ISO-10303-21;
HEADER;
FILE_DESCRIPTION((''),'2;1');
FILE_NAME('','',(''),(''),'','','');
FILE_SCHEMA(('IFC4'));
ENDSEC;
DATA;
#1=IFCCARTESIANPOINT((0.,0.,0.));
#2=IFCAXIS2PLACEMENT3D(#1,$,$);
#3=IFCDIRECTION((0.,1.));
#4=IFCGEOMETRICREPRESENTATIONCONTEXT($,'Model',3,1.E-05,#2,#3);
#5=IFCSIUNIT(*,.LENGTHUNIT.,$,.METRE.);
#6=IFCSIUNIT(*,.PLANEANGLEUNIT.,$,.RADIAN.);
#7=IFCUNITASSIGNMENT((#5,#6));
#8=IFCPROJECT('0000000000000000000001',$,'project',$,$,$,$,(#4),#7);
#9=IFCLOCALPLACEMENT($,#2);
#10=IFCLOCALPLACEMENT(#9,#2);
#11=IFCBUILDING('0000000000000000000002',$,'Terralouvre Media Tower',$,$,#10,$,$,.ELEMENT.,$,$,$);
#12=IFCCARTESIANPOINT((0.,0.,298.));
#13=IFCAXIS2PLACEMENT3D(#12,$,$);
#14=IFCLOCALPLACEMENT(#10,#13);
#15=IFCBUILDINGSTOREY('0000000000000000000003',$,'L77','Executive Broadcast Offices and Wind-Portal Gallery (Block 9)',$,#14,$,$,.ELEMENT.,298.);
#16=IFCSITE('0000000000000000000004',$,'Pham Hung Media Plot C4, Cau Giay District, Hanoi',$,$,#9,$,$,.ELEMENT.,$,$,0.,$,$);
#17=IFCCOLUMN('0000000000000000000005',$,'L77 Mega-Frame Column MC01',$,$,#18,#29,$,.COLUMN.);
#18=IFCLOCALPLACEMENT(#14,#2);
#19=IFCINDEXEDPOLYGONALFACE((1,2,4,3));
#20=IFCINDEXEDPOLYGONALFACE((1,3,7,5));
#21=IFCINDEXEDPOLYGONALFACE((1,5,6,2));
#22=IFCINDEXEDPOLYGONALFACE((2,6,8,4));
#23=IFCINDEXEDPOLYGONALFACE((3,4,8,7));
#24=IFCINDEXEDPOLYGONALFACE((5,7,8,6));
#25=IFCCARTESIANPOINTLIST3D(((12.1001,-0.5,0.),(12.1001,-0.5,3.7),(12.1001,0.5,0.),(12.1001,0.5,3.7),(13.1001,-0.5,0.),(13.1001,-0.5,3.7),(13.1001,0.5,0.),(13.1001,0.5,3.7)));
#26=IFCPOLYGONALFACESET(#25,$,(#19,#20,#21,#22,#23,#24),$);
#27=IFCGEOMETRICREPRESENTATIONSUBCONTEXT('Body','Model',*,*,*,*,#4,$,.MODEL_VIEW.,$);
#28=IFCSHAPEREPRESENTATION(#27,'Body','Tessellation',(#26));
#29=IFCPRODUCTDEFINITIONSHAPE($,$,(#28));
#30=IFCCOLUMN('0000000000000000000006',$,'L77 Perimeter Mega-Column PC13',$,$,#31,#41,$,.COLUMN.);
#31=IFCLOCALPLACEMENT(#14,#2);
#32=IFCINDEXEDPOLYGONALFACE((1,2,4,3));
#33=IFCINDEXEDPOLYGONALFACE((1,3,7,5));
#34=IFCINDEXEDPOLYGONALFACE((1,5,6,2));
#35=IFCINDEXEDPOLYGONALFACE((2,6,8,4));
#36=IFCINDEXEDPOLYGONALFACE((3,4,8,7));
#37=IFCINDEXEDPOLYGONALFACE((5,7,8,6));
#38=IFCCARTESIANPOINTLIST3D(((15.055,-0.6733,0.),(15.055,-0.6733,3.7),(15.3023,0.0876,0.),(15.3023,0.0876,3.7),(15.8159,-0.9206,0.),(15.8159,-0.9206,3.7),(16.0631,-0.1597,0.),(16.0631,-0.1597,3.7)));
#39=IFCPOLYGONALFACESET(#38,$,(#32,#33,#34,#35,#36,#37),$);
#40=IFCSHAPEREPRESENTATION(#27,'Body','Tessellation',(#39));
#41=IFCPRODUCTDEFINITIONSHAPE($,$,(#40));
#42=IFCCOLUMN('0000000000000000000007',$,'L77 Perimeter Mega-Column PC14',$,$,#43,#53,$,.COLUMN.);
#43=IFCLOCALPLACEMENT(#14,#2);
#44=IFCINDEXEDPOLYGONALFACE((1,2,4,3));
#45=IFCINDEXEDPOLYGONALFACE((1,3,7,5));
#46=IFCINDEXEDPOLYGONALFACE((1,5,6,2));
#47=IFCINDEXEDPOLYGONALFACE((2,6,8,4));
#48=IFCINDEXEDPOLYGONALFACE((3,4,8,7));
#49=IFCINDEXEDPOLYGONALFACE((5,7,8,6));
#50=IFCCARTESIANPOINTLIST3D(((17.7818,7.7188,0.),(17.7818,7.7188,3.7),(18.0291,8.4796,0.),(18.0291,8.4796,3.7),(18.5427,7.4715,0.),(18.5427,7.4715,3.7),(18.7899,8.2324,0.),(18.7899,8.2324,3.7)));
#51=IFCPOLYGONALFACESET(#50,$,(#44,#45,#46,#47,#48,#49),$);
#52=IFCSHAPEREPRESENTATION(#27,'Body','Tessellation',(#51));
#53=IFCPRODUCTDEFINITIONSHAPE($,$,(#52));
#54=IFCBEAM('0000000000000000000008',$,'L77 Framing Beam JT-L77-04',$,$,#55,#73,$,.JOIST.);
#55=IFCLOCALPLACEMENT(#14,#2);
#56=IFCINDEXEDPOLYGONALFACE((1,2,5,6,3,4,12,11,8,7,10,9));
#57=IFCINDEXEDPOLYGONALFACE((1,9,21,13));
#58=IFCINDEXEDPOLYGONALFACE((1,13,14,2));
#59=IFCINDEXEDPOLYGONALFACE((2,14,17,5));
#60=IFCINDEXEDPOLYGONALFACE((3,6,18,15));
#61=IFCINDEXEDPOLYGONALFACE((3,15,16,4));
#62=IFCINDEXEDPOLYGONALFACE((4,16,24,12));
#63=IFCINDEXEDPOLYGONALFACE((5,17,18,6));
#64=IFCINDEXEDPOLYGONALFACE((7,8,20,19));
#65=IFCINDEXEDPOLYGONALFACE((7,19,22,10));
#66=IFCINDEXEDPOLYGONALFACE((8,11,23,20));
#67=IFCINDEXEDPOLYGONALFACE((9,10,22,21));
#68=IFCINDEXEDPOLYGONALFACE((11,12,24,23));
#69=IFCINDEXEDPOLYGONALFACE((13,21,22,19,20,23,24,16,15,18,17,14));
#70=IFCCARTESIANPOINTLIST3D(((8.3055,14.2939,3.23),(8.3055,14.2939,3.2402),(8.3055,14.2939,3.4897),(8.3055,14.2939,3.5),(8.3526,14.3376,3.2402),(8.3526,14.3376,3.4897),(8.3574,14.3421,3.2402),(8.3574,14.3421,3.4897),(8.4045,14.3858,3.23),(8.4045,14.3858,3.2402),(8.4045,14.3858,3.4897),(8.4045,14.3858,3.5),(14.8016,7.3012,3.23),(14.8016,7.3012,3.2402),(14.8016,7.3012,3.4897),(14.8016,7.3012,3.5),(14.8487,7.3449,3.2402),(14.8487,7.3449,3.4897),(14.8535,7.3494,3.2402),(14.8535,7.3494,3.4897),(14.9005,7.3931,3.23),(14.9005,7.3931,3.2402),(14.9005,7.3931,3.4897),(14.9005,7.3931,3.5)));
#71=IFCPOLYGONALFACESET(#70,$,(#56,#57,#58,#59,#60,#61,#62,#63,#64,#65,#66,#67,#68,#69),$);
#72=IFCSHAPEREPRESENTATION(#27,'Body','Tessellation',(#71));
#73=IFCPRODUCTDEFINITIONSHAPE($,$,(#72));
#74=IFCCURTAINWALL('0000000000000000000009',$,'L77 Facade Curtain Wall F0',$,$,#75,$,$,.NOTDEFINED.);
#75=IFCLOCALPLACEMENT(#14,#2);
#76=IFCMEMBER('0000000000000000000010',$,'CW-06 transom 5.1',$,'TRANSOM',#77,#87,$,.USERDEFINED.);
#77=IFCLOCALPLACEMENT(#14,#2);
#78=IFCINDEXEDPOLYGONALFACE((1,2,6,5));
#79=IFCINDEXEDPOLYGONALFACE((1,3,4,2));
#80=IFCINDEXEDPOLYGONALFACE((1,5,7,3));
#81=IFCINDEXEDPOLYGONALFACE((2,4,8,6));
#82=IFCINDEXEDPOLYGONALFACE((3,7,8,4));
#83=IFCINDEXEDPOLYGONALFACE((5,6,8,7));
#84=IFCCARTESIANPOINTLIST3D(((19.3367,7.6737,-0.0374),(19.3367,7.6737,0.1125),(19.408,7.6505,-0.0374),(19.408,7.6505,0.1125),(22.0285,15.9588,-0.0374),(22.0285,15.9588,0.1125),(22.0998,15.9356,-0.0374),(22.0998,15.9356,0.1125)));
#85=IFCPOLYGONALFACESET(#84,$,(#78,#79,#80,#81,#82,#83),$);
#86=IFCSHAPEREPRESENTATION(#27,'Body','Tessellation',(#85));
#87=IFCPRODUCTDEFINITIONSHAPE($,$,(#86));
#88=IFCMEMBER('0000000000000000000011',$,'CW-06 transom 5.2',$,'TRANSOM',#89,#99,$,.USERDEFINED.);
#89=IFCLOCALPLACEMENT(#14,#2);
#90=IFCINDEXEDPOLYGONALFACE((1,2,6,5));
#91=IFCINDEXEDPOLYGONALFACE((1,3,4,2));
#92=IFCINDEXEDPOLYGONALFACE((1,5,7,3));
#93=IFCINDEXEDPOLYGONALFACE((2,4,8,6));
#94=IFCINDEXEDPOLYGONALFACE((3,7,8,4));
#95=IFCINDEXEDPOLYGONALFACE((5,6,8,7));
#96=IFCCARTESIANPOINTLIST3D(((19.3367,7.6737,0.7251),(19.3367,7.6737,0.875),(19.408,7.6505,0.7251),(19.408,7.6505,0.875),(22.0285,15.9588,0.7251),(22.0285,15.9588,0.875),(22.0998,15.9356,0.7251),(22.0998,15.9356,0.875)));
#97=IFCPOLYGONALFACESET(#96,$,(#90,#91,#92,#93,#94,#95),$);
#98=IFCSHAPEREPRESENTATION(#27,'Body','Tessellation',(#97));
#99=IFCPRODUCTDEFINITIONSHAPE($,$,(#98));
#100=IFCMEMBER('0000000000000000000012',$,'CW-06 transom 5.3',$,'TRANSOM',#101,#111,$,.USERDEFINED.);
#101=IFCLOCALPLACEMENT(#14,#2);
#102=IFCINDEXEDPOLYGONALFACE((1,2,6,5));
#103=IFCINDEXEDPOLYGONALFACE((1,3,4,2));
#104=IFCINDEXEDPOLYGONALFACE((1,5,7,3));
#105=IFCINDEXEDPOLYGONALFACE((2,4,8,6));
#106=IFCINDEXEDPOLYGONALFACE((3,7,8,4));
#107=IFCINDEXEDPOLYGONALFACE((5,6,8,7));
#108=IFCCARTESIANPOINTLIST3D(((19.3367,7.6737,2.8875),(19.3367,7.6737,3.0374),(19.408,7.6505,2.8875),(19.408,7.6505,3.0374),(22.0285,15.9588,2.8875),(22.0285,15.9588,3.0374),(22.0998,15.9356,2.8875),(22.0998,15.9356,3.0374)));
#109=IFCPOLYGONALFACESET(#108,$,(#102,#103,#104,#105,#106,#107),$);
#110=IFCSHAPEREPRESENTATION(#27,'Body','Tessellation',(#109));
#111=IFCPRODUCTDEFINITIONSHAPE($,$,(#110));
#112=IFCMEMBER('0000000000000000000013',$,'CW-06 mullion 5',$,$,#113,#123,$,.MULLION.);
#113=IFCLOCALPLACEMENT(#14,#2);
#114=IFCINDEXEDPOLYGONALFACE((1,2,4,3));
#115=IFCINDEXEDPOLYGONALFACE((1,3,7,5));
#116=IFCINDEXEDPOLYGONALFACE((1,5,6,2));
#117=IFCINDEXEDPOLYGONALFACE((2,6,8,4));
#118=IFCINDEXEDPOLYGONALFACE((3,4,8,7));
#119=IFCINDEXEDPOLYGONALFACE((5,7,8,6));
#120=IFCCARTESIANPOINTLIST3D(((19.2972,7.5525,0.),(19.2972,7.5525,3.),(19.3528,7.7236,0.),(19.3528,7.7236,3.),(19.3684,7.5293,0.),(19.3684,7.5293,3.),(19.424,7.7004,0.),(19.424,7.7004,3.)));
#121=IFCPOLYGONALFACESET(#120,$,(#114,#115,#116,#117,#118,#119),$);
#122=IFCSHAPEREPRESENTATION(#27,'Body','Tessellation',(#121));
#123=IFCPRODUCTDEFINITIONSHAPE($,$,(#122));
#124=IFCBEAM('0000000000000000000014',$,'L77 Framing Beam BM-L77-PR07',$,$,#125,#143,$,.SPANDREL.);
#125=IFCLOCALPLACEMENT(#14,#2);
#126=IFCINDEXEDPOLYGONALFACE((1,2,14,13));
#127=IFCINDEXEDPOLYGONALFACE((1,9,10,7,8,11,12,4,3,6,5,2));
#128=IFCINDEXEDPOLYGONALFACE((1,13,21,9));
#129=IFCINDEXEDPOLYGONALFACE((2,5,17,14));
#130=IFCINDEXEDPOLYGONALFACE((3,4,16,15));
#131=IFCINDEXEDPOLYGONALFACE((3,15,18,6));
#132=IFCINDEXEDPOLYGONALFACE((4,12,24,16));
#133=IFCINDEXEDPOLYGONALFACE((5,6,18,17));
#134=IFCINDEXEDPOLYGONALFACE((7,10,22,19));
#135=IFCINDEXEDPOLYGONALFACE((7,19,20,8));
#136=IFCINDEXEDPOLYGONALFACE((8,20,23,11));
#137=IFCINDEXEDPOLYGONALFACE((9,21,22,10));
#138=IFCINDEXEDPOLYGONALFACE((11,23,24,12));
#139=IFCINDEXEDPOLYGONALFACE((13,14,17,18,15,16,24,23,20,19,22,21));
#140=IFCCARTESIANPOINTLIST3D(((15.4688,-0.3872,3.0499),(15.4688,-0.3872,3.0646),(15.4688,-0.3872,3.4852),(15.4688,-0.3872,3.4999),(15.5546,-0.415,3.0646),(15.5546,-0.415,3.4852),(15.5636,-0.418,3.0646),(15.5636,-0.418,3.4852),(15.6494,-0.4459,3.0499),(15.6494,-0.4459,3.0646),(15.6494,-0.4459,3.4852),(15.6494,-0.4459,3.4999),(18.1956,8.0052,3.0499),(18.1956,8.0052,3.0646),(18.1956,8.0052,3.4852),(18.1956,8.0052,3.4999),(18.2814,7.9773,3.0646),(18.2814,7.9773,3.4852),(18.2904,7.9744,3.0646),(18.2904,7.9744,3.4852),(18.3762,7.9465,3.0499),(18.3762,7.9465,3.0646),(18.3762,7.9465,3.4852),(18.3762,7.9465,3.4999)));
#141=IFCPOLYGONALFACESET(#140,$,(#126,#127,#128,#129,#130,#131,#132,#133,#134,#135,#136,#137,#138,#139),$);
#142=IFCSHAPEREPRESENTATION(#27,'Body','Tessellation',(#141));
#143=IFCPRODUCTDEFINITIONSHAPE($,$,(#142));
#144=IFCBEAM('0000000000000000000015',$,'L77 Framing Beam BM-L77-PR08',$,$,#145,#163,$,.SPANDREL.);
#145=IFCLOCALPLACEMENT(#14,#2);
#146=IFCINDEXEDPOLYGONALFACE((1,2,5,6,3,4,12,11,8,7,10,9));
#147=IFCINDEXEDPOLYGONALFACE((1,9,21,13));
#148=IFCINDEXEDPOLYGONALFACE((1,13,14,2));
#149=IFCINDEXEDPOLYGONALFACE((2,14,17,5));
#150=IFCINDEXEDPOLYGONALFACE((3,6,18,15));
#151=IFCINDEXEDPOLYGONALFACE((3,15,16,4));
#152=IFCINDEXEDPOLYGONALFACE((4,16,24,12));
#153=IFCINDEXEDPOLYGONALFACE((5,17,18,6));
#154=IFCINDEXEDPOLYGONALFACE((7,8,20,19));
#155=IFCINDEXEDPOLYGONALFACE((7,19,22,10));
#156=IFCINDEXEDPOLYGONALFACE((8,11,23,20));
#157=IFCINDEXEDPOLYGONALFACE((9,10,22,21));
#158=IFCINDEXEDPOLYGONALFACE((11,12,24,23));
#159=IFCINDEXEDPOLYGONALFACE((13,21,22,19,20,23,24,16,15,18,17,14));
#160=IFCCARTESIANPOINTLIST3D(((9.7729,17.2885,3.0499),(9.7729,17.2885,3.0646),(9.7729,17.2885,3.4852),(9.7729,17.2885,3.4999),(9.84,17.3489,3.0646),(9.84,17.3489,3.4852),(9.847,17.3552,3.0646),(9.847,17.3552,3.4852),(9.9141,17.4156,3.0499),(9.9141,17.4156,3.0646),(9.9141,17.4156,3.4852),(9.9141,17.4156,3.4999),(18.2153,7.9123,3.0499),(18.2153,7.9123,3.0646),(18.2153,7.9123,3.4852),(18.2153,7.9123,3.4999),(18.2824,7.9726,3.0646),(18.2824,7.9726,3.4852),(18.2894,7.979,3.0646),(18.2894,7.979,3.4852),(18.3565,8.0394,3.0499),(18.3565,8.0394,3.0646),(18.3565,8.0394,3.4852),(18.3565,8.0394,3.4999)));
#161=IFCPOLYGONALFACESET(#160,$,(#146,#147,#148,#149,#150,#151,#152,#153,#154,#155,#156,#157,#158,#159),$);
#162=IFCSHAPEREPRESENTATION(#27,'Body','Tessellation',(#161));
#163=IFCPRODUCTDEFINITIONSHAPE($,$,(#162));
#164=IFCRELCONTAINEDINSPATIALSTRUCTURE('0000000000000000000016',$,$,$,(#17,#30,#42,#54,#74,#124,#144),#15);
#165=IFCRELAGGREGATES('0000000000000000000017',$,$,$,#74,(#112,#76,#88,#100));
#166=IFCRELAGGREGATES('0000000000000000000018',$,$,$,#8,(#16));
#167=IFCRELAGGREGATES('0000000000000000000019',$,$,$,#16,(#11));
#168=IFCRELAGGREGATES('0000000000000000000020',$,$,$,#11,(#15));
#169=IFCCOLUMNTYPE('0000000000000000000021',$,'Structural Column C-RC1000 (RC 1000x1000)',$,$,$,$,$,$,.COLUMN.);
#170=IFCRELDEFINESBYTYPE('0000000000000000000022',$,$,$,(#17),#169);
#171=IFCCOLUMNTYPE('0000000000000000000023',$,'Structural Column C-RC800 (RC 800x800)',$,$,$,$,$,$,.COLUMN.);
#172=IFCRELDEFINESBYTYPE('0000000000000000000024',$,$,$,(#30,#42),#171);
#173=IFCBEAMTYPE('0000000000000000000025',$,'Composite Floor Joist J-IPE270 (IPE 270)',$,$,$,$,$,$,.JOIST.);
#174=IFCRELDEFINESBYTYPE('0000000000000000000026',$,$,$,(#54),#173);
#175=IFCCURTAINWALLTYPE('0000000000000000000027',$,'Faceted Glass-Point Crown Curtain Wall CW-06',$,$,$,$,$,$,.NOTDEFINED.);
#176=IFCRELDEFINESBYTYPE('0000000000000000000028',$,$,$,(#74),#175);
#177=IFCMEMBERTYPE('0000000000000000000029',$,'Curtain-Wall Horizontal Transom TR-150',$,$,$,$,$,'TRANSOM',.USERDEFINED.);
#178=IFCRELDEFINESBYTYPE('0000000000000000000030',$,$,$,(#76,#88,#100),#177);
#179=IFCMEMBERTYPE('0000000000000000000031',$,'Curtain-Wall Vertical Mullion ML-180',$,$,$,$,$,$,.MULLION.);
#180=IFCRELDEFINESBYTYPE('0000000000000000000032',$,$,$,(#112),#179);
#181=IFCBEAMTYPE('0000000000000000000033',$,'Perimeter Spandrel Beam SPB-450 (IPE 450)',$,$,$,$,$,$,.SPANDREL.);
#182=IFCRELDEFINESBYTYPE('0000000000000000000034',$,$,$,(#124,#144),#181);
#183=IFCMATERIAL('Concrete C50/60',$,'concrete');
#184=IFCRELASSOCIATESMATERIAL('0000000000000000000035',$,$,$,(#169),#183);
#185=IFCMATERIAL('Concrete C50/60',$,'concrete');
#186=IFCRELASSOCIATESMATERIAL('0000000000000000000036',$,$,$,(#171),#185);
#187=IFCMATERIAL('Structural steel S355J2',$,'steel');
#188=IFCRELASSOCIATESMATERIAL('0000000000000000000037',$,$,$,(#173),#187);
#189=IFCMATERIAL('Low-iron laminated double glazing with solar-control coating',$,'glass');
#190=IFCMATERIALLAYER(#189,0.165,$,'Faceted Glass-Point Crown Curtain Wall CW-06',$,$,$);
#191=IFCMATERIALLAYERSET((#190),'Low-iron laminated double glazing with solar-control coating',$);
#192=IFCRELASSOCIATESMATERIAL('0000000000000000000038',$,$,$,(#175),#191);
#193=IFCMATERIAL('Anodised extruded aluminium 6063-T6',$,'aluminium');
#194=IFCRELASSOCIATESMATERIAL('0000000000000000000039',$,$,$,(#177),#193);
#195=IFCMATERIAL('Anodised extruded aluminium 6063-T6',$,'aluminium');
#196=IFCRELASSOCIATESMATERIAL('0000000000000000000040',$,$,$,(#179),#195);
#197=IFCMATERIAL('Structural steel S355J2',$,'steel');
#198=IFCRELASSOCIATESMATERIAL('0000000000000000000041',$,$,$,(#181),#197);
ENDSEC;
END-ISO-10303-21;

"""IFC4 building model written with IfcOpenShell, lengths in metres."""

from ifc_helpers import new_model, si_unit, direction, frame, origin, origin_2d, place, context, subcontext, project, spatial, rectangle, i_section, extrude, material, layer, layer_set, material_profile, profile_set, type_object, element, aggregate, save


model = new_model("IFC4")

# Units and contexts
model_context = context("Model", 3, precision=1e-05, world=origin(), true_north=direction((0.0, 1.0)))
body_context = subcontext(model_context, "Body", "Model", "MODEL_VIEW")
ifc_project = project(units=[si_unit("LENGTHUNIT", "METRE"), si_unit("PLANEANGLEUNIT", "RADIAN")], contexts=[model_context])

# Site, building, storey
site_placement = place(None, origin())
site = spatial("IfcSite", under=ifc_project, at=site_placement, Name="Pham Hung Media Plot C4, Cau Giay District, Hanoi", CompositionType="ELEMENT", RefElevation=0.0)
building_placement = place(site_placement, origin())
building = spatial("IfcBuilding", under=site, at=building_placement, Name="Terralouvre Media Tower", CompositionType="ELEMENT")
storey_placement = place(building_placement, frame((0.0, 0.0, 298.0)))
storey = spatial("IfcBuildingStorey", under=building, at=storey_placement, Name="L77", Description="Executive Broadcast Offices and Wind-Portal Gallery (Block 9)", CompositionType="ELEMENT", Elevation=298.0)

# Columns
ifc_material_1 = material(Name="Concrete C50/60", Category="concrete")
ifc_material_profile_1 = material_profile(ifc_material_1, rectangle(XDim=1.0, YDim=1.0, at=origin_2d()), Name="RC 1000x1000")
ifc_profile_set_1 = profile_set([ifc_material_profile_1], Name="Concrete C50/60")
column_type_1 = type_object("IfcColumnType", Name="Structural Column C-RC1000 (RC 1000x1000)", PredefinedType="COLUMN", material=ifc_profile_set_1)
column_placement = place(storey_placement, frame((12.6001, 0.0, 0.0), z_axis=(0.0, 0.0, 1.0), x_axis=(1.0, 0.0, 0.0)))
element("IfcColumn", 1, at=column_placement, inside=storey, type_object=column_type_1, Name="L77 Mega-Frame Column MC01", PredefinedType="COLUMN", context=body_context, shape_type="SweptSolid", body=[
    extrude(rectangle(XDim=1.0, YDim=1.0, at=origin_2d()), origin(), (0.0, 0.0, 1.0), 3.7),
])
ifc_material_2 = material(Name="Concrete C50/60", Category="concrete")
ifc_material_profile_2 = material_profile(ifc_material_2, rectangle(XDim=0.8, YDim=0.8, at=origin_2d()), Name="RC 800x800")
ifc_profile_set_2 = profile_set([ifc_material_profile_2], Name="Concrete C50/60")
column_type_2 = type_object("IfcColumnType", Name="Structural Column C-RC800 (RC 800x800)", PredefinedType="COLUMN", material=ifc_profile_set_2)
for number, where, z_axis, x_axis, name in (
    (2, (15.5591, -0.4165, 0.0), (0.0, 0.0, 1.0), (0.309017, 0.951057, 0.0), "L77 Perimeter Mega-Column PC13"),
    (3, (18.2859, 7.9756, 0.0), (0.0, 0.0, 1.0), (0.309017, 0.951057, 0.0), "L77 Perimeter Mega-Column PC14"),
):
    element("IfcColumn", number, at=place(storey_placement, frame(where, z_axis=z_axis, x_axis=x_axis)), inside=storey, type_object=column_type_2, Name=name, PredefinedType="COLUMN", context=body_context, shape_type="SweptSolid", body=[
        extrude(rectangle(XDim=0.8, YDim=0.8, at=origin_2d()), origin(), (0.0, 0.0, 1.0), 3.7),
    ])

# Beam
ifc_material_3 = material(Name="Structural steel S355J2", Category="steel")
ifc_material_profile_3 = material_profile(ifc_material_3, i_section(OverallWidth=0.135, OverallDepth=0.27, WebThickness=0.0066, FlangeThickness=0.0103, at=origin_2d()), Name="IPE 270")
ifc_profile_set_3 = profile_set([ifc_material_profile_3], Name="Structural steel S355J2")
beam_type_1 = type_object("IfcBeamType", Name="Composite Floor Joist J-IPE270 (IPE 270)", PredefinedType="JOIST", material=ifc_profile_set_3)
beam_1_placement = place(storey_placement, frame((14.8511, 7.3472, 3.365), z_axis=(-0.680614, 0.732642, 0.0), x_axis=(-0.732642, -0.680614, 0.0)))
element("IfcBeam", 4, at=beam_1_placement, inside=storey, type_object=beam_type_1, Name="L77 Framing Beam JT-L77-04", PredefinedType="JOIST", context=body_context, shape_type="SweptSolid", body=[
    extrude(i_section(OverallWidth=0.135, OverallDepth=0.27, WebThickness=0.0066, FlangeThickness=0.0103, at=origin_2d()), origin(), (0.0, 0.0, 1.0), 9.5444),
])

# Curtain wall, members
ifc_material_4 = material(Name="Low-iron laminated double glazing with solar-control coating", Category="glass")
ifc_layer_1 = layer(ifc_material_4, 0.165, Name="Faceted Glass-Point Crown Curtain Wall CW-06")
ifc_layer_set_1 = layer_set([ifc_layer_1], Name="Low-iron laminated double glazing with solar-control coating")
curtain_wall_type = type_object("IfcCurtainWallType", Name="Faceted Glass-Point Crown Curtain Wall CW-06", PredefinedType="NOTDEFINED", material=ifc_layer_set_1)
curtain_wall_placement = place(storey_placement, origin())
curtain_wall = element("IfcCurtainWall", 5, at=curtain_wall_placement, inside=storey, type_object=curtain_wall_type, Name="L77 Facade Curtain Wall F0", PredefinedType="NOTDEFINED")
ifc_material_5 = material(Name="Anodised extruded aluminium 6063-T6", Category="aluminium")
ifc_material_profile_4 = material_profile(ifc_material_5, rectangle(XDim=0.075, YDim=0.1499, at=origin_2d()), Name="ALU 75x150")
ifc_profile_set_4 = profile_set([ifc_material_profile_4], Name="Anodised extruded aluminium 6063-T6")
member_type_1 = type_object("IfcMemberType", Name="Curtain-Wall Horizontal Transom TR-150", ElementType="TRANSOM", PredefinedType="USERDEFINED", material=ifc_profile_set_4)
member_1_placement = place(storey_placement, frame((19.3723, 7.6621, 0.0376), z_axis=(0.309005, 0.95106, 0.0), x_axis=(-0.95106, 0.309005, 0.0)))
member_1 = element("IfcMember", 6, at=member_1_placement, type_object=member_type_1, Name="CW-06 transom 5.1", ObjectType="TRANSOM", PredefinedType="USERDEFINED", context=body_context, shape_type="SweptSolid", body=[
    extrude(rectangle(XDim=0.075, YDim=0.1499, at=origin_2d()), origin(), (0.0, 0.0, 1.0), 8.7114),
])
member_2_placement = place(storey_placement, frame((19.3723, 7.6621, 0.8), z_axis=(0.309005, 0.95106, 0.0), x_axis=(-0.95106, 0.309005, 0.0)))
member_2 = element("IfcMember", 7, at=member_2_placement, type_object=member_type_1, Name="CW-06 transom 5.2", ObjectType="TRANSOM", PredefinedType="USERDEFINED", context=body_context, shape_type="SweptSolid", body=[
    extrude(rectangle(XDim=0.075, YDim=0.1499, at=origin_2d()), origin(), (0.0, 0.0, 1.0), 8.7114),
])
member_3_placement = place(storey_placement, frame((19.3723, 7.6621, 2.9624), z_axis=(0.309005, 0.95106, 0.0), x_axis=(-0.95106, 0.309005, 0.0)))
member_3 = element("IfcMember", 8, at=member_3_placement, type_object=member_type_1, Name="CW-06 transom 5.3", ObjectType="TRANSOM", PredefinedType="USERDEFINED", context=body_context, shape_type="SweptSolid", body=[
    extrude(rectangle(XDim=0.075, YDim=0.1499, at=origin_2d()), origin(), (0.0, 0.0, 1.0), 8.7114),
])
ifc_material_6 = material(Name="Anodised extruded aluminium 6063-T6", Category="aluminium")
ifc_material_profile_5 = material_profile(ifc_material_6, rectangle(XDim=0.075, YDim=0.1799, at=origin_2d()), Name="ALU 75x180")
ifc_profile_set_5 = profile_set([ifc_material_profile_5], Name="Anodised extruded aluminium 6063-T6")
member_type_2 = type_object("IfcMemberType", Name="Curtain-Wall Vertical Mullion ML-180", PredefinedType="MULLION", material=ifc_profile_set_5)
member_4_placement = place(storey_placement, frame((19.3606, 7.6265, 0.0), z_axis=(0.0, 0.0, 1.0), x_axis=(-0.951057, 0.309017, 0.0)))
member_4 = element("IfcMember", 9, at=member_4_placement, type_object=member_type_2, Name="CW-06 mullion 5", PredefinedType="MULLION", context=body_context, shape_type="SweptSolid", body=[
    extrude(rectangle(XDim=0.075, YDim=0.1799, at=origin_2d()), origin(), (0.0, 0.0, 1.0), 3.0),
])

# Beams
ifc_material_7 = material(Name="Structural steel S355J2", Category="steel")
ifc_material_profile_6 = material_profile(ifc_material_7, i_section(OverallWidth=0.1899, OverallDepth=0.45, WebThickness=0.0095, FlangeThickness=0.0146, at=origin_2d()), Name="IPE 450")
ifc_profile_set_6 = profile_set([ifc_material_profile_6], Name="Structural steel S355J2")
beam_type_2 = type_object("IfcBeamType", Name="Perimeter Spandrel Beam SPB-450 (IPE 450)", PredefinedType="SPANDREL", material=ifc_profile_set_6)
beam_2_placement = place(storey_placement, frame((15.5591, -0.4165, 3.2749), z_axis=(0.309014, 0.951057, 0.0), x_axis=(-0.951057, 0.309014, 0.0)))
element("IfcBeam", 10, at=beam_2_placement, inside=storey, type_object=beam_type_2, Name="L77 Framing Beam BM-L77-PR07", PredefinedType="SPANDREL", context=body_context, shape_type="SweptSolid", body=[
    extrude(i_section(OverallWidth=0.1899, OverallDepth=0.45, WebThickness=0.0095, FlangeThickness=0.0146, at=origin_2d()), origin(), (0.0, 0.0, 1.0), 8.8242),
])
beam_3_placement = place(storey_placement, frame((18.2859, 7.9758, 3.2749), z_axis=(-0.66913, 0.743145, 0.0), x_axis=(-0.743145, -0.66913, 0.0)))
element("IfcBeam", 11, at=beam_3_placement, inside=storey, type_object=beam_type_2, Name="L77 Framing Beam BM-L77-PR08", PredefinedType="SPANDREL", context=body_context, shape_type="SweptSolid", body=[
    extrude(i_section(OverallWidth=0.1899, OverallDepth=0.45, WebThickness=0.0095, FlangeThickness=0.0146, at=origin_2d()), origin(), (0.0, 0.0, 1.0), 12.6169),
])

aggregate(curtain_wall, [member_4, member_1, member_2, member_3])

save(model, "model.ifc")
